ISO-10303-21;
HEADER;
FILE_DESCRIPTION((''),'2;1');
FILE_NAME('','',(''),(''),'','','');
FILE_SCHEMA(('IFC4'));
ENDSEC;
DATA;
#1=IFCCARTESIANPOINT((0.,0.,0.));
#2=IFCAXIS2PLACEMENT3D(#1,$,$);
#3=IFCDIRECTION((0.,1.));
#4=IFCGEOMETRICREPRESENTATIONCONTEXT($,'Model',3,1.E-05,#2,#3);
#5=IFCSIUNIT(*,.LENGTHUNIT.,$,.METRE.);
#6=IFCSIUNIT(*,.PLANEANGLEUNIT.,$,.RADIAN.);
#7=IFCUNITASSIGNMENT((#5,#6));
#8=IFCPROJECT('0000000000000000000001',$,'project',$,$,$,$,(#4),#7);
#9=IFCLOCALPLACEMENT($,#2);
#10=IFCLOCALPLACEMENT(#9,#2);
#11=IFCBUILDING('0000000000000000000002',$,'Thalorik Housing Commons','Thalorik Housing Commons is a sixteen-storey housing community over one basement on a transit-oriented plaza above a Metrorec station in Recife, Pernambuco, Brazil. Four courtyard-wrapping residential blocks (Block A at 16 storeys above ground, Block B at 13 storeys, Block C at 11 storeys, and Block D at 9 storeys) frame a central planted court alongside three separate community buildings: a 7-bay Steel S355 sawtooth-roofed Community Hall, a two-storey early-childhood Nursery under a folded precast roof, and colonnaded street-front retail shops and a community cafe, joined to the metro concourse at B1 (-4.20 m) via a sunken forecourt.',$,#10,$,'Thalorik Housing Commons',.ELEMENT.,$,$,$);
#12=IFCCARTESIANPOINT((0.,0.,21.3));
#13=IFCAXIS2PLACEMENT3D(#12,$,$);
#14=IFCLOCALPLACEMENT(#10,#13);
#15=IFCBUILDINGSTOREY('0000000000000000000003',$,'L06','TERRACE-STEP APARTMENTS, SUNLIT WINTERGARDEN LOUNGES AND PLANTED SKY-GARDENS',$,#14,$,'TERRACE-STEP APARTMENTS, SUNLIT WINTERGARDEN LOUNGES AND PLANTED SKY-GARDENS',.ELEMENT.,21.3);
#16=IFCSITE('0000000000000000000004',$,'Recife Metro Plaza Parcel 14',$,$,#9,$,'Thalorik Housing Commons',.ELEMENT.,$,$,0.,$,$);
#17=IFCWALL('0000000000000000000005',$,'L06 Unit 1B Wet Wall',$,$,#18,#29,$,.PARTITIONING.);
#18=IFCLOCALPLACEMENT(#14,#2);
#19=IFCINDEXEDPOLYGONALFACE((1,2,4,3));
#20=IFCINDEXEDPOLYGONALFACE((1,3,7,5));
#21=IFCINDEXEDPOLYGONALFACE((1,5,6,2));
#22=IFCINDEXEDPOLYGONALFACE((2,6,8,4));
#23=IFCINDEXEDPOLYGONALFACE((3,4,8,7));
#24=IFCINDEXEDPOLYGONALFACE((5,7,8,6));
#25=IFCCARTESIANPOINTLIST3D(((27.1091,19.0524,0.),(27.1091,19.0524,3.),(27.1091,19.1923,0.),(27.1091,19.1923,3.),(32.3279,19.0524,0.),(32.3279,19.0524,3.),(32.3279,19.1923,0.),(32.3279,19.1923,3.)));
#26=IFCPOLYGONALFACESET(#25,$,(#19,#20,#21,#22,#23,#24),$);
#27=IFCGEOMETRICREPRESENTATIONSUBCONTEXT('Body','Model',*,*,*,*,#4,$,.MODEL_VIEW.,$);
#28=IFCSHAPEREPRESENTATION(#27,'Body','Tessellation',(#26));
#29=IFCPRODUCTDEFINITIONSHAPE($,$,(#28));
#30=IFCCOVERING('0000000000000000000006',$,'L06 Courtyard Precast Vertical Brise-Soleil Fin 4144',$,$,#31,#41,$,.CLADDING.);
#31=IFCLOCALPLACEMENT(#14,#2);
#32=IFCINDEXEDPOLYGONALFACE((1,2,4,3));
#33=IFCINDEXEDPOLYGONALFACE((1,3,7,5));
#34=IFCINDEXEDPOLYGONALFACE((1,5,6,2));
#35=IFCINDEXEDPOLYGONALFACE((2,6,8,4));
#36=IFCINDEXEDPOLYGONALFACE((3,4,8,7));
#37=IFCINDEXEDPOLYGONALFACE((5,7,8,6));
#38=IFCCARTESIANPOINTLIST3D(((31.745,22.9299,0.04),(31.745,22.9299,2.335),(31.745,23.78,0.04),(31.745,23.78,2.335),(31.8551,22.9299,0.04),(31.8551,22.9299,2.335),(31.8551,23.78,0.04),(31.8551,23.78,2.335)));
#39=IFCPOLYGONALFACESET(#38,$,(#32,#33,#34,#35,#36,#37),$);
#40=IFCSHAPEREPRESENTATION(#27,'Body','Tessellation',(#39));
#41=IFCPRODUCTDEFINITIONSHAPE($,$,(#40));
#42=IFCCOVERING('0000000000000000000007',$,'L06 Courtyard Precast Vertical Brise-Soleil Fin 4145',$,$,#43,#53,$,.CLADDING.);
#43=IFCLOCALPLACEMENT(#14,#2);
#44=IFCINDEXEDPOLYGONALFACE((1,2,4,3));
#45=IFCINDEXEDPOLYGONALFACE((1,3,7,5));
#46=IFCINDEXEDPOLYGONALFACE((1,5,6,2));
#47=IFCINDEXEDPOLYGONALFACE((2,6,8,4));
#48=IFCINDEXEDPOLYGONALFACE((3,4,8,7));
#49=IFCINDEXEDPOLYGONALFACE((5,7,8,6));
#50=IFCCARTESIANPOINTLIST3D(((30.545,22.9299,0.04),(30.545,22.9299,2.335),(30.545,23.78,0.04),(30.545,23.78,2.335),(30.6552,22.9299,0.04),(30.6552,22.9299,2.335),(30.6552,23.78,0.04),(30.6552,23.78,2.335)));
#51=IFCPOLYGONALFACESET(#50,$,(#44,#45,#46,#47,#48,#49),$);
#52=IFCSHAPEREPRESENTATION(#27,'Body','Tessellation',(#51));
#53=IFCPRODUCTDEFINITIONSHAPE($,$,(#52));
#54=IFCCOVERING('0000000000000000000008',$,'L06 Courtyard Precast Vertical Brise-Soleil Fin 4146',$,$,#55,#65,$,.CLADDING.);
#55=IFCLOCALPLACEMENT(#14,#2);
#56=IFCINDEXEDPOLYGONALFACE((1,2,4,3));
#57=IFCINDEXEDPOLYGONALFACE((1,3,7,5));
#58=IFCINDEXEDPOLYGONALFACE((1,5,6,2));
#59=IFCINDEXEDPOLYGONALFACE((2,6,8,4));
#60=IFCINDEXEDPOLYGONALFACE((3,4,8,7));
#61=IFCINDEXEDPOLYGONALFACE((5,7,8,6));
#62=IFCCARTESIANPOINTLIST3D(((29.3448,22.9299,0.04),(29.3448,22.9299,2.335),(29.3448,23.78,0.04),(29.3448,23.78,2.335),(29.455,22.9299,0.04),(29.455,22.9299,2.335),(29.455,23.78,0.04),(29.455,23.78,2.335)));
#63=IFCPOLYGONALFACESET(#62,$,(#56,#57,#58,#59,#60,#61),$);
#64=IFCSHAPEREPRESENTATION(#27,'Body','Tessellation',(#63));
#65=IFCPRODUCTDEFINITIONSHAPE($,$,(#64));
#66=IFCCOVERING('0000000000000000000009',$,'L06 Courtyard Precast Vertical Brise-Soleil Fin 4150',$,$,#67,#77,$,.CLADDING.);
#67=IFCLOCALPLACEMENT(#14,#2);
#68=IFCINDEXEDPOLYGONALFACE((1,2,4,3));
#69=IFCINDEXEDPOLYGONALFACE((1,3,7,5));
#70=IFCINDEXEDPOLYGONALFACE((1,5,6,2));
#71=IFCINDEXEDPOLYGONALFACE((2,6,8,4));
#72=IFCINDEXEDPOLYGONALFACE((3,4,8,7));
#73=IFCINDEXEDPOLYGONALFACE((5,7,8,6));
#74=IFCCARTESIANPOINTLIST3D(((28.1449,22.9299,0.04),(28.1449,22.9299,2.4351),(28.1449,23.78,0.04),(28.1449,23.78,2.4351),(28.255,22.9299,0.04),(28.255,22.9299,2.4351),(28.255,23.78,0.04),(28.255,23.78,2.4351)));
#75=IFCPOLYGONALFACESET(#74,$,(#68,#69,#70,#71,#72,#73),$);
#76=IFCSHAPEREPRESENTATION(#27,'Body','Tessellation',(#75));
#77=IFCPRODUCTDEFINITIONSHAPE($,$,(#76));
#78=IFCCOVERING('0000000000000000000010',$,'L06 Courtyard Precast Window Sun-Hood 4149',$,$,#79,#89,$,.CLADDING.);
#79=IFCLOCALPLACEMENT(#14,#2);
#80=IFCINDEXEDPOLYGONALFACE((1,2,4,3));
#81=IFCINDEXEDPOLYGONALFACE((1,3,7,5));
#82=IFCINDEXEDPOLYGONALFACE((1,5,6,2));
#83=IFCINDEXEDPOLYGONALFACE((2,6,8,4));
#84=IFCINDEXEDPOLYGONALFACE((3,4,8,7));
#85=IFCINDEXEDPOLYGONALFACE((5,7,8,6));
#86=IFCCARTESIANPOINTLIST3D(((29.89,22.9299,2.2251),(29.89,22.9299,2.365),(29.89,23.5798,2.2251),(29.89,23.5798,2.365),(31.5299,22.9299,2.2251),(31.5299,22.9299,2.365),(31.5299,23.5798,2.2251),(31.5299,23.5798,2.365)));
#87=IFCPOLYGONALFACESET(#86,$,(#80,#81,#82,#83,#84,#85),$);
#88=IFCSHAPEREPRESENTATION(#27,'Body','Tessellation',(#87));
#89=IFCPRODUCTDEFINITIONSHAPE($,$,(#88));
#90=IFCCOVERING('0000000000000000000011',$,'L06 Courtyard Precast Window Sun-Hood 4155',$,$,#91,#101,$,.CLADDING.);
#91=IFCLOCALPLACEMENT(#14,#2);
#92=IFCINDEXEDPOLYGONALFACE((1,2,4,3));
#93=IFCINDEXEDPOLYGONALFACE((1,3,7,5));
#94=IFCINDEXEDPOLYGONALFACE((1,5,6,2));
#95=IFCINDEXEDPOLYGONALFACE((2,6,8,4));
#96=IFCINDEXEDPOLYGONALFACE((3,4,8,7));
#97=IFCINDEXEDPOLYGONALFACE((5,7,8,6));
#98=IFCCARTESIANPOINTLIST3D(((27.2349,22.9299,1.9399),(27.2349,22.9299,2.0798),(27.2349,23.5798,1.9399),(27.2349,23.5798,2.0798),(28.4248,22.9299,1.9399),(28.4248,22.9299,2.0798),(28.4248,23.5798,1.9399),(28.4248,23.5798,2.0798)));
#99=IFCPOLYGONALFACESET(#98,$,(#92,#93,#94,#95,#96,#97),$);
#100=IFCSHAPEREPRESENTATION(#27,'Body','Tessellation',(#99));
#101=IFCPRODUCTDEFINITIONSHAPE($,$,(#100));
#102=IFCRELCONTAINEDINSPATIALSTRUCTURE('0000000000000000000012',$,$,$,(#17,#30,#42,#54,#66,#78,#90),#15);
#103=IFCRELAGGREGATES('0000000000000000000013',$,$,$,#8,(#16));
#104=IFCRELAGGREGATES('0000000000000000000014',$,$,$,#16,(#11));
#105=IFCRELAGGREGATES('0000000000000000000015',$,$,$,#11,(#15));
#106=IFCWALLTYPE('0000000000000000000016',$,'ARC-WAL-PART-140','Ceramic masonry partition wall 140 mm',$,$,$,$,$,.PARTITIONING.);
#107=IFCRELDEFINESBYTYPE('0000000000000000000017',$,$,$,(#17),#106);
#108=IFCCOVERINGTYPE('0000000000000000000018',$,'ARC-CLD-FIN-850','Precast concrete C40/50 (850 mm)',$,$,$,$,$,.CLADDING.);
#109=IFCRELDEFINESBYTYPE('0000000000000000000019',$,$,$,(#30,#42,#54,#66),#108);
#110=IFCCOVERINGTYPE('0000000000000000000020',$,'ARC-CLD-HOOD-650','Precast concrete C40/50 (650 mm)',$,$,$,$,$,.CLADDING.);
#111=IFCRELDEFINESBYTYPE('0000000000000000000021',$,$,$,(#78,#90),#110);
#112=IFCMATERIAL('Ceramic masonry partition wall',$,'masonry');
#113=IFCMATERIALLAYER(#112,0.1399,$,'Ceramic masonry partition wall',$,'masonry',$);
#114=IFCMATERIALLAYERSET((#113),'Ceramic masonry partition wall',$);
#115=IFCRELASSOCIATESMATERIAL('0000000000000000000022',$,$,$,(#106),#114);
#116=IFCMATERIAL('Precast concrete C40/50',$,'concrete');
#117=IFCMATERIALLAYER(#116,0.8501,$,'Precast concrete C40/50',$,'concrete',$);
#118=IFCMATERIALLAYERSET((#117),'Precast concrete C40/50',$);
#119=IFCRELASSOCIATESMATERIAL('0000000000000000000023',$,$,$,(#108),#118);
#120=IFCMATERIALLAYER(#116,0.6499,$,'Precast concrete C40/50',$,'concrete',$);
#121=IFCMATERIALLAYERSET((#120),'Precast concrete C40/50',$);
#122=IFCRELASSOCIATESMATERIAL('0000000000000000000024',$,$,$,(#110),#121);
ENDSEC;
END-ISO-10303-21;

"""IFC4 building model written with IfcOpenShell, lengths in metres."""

from ifc_helpers import new_model, si_unit, direction, frame, frame_2d, origin, origin_2d, place, context, subcontext, project, spatial, rectangle, extrude, material, layer, layer_set, type_object, element, save


model = new_model("IFC4")

# Units and contexts
model_context = context("Model", 3, precision=1e-05, world=origin(), true_north=direction((0.0, 1.0)))
body_context = subcontext(model_context, "Body", "Model", "MODEL_VIEW")
ifc_project = project(units=[si_unit("LENGTHUNIT", "METRE"), si_unit("PLANEANGLEUNIT", "RADIAN")], contexts=[model_context])

# Site, building, storey
site_placement = place(None, origin())
site = spatial("IfcSite", under=ifc_project, at=site_placement, Name="Recife Metro Plaza Parcel 14", LongName="Thalorik Housing Commons", CompositionType="ELEMENT", RefElevation=0.0)
building_placement = place(site_placement, origin())
building = spatial("IfcBuilding", under=site, at=building_placement, Name="Thalorik Housing Commons", Description="Thalorik Housing Commons is a sixteen-storey housing community over one basement on a transit-oriented plaza above a Metrorec station in Recife, Pernambuco, Brazil. Four courtyard-wrapping residential blocks (Block A at 16 storeys above ground, Block B at 13 storeys, Block C at 11 storeys, and Block D at 9 storeys) frame a central planted court alongside three separate community buildings: a 7-bay Steel S355 sawtooth-roofed Community Hall, a two-storey early-childhood Nursery under a folded precast roof, and colonnaded street-front retail shops and a community cafe, joined to the metro concourse at B1 (-4.20 m) via a sunken forecourt.", LongName="Thalorik Housing Commons", CompositionType="ELEMENT")
storey_placement = place(building_placement, frame((0.0, 0.0, 21.3)))
storey = spatial("IfcBuildingStorey", under=building, at=storey_placement, Name="L06", Description="TERRACE-STEP APARTMENTS, SUNLIT WINTERGARDEN LOUNGES AND PLANTED SKY-GARDENS", LongName="TERRACE-STEP APARTMENTS, SUNLIT WINTERGARDEN LOUNGES AND PLANTED SKY-GARDENS", CompositionType="ELEMENT", Elevation=21.3)

# Shared definitions
ifc_material_1 = material(Name="Precast concrete C40/50", Category="concrete")

# Wall
ifc_material_2 = material(Name="Ceramic masonry partition wall", Category="masonry")
ifc_layer_1 = layer(ifc_material_2, 0.1399, Name="Ceramic masonry partition wall", Category="masonry")
ifc_layer_set_1 = layer_set([ifc_layer_1], Name="Ceramic masonry partition wall")
wall_type_1 = type_object("IfcWallType", Name="ARC-WAL-PART-140", Description="Ceramic masonry partition wall 140 mm", PredefinedType="PARTITIONING", material=ifc_layer_set_1)
wall_1_placement = place(storey_placement, frame((27.1091, 19.1223, 0.0), z_axis=(0.0, 0.0, 1.0), x_axis=(1.0, 0.0, 0.0)))
element("IfcWall", 1, at=wall_1_placement, inside=storey, type_object=wall_type_1, Name="L06 Unit 1B Wet Wall", PredefinedType="PARTITIONING", context=body_context, shape_type="SweptSolid", body=[
    extrude(rectangle(XDim=5.2188, YDim=0.1399, at=frame_2d((2.6094, 0.0))), origin(), (0.0, 0.0, 1.0), 3.0),
])

# Coverings
ifc_layer_2 = layer(ifc_material_1, 0.8501, Name="Precast concrete C40/50", Category="concrete")
ifc_layer_set_2 = layer_set([ifc_layer_2], Name="Precast concrete C40/50")
covering_type_1 = type_object("IfcCoveringType", Name="ARC-CLD-FIN-850", Description="Precast concrete C40/50 (850 mm)", PredefinedType="CLADDING", material=ifc_layer_set_2)
for number, where, z_axis, x_axis, name in (
    (2, (31.8, 23.355, 0.04), (0.0, 0.0, 1.0), (-1.0, 0.0, 0.0), "L06 Courtyard Precast Vertical Brise-Soleil Fin 4144"),
    (3, (30.6001, 23.355, 0.04), (0.0, 0.0, 1.0), (-1.0, 0.0, 0.0), "L06 Courtyard Precast Vertical Brise-Soleil Fin 4145"),
    (4, (29.3999, 23.355, 0.04), (0.0, 0.0, 1.0), (-1.0, 0.0, 0.0), "L06 Courtyard Precast Vertical Brise-Soleil Fin 4146"),
):
    element("IfcCovering", number, at=place(storey_placement, frame(where, z_axis=z_axis, x_axis=x_axis)), inside=storey, type_object=covering_type_1, Name=name, PredefinedType="CLADDING", context=body_context, shape_type="SweptSolid", body=[
        extrude(rectangle(XDim=0.1101, YDim=0.8501, at=origin_2d()), origin(), (0.0, 0.0, 1.0), 2.2949),
    ])
covering_1_placement = place(storey_placement, frame((28.2, 23.355, 0.04), z_axis=(0.0, 0.0, 1.0), x_axis=(-1.0, 0.0, 0.0)))
element("IfcCovering", 5, at=covering_1_placement, inside=storey, type_object=covering_type_1, Name="L06 Courtyard Precast Vertical Brise-Soleil Fin 4150", PredefinedType="CLADDING", context=body_context, shape_type="SweptSolid", body=[
    extrude(rectangle(XDim=0.1101, YDim=0.8501, at=origin_2d()), origin(), (0.0, 0.0, 1.0), 2.395),
])
ifc_layer_3 = layer(ifc_material_1, 0.6499, Name="Precast concrete C40/50", Category="concrete")
ifc_layer_set_3 = layer_set([ifc_layer_3], Name="Precast concrete C40/50")
covering_type_2 = type_object("IfcCoveringType", Name="ARC-CLD-HOOD-650", Description="Precast concrete C40/50 (650 mm)", PredefinedType="CLADDING", material=ifc_layer_set_3)
covering_2_placement = place(storey_placement, frame((30.71, 23.2549, 2.2251), z_axis=(0.0, 0.0, 1.0), x_axis=(-1.0, 0.0, 0.0)))
element("IfcCovering", 6, at=covering_2_placement, inside=storey, type_object=covering_type_2, Name="L06 Courtyard Precast Window Sun-Hood 4149", PredefinedType="CLADDING", context=body_context, shape_type="SweptSolid", body=[
    extrude(rectangle(XDim=1.6399, YDim=0.6499, at=origin_2d()), origin(), (0.0, 0.0, 1.0), 0.1399),
])
covering_3_placement = place(storey_placement, frame((27.8298, 23.2549, 1.9399), z_axis=(0.0, 0.0, 1.0), x_axis=(-1.0, 0.0, 0.0)))
element("IfcCovering", 7, at=covering_3_placement, inside=storey, type_object=covering_type_2, Name="L06 Courtyard Precast Window Sun-Hood 4155", PredefinedType="CLADDING", context=body_context, shape_type="SweptSolid", body=[
    extrude(rectangle(XDim=1.1899, YDim=0.6499, at=origin_2d()), origin(), (0.0, 0.0, 1.0), 0.1399),
])

save(model, "model.ifc")
